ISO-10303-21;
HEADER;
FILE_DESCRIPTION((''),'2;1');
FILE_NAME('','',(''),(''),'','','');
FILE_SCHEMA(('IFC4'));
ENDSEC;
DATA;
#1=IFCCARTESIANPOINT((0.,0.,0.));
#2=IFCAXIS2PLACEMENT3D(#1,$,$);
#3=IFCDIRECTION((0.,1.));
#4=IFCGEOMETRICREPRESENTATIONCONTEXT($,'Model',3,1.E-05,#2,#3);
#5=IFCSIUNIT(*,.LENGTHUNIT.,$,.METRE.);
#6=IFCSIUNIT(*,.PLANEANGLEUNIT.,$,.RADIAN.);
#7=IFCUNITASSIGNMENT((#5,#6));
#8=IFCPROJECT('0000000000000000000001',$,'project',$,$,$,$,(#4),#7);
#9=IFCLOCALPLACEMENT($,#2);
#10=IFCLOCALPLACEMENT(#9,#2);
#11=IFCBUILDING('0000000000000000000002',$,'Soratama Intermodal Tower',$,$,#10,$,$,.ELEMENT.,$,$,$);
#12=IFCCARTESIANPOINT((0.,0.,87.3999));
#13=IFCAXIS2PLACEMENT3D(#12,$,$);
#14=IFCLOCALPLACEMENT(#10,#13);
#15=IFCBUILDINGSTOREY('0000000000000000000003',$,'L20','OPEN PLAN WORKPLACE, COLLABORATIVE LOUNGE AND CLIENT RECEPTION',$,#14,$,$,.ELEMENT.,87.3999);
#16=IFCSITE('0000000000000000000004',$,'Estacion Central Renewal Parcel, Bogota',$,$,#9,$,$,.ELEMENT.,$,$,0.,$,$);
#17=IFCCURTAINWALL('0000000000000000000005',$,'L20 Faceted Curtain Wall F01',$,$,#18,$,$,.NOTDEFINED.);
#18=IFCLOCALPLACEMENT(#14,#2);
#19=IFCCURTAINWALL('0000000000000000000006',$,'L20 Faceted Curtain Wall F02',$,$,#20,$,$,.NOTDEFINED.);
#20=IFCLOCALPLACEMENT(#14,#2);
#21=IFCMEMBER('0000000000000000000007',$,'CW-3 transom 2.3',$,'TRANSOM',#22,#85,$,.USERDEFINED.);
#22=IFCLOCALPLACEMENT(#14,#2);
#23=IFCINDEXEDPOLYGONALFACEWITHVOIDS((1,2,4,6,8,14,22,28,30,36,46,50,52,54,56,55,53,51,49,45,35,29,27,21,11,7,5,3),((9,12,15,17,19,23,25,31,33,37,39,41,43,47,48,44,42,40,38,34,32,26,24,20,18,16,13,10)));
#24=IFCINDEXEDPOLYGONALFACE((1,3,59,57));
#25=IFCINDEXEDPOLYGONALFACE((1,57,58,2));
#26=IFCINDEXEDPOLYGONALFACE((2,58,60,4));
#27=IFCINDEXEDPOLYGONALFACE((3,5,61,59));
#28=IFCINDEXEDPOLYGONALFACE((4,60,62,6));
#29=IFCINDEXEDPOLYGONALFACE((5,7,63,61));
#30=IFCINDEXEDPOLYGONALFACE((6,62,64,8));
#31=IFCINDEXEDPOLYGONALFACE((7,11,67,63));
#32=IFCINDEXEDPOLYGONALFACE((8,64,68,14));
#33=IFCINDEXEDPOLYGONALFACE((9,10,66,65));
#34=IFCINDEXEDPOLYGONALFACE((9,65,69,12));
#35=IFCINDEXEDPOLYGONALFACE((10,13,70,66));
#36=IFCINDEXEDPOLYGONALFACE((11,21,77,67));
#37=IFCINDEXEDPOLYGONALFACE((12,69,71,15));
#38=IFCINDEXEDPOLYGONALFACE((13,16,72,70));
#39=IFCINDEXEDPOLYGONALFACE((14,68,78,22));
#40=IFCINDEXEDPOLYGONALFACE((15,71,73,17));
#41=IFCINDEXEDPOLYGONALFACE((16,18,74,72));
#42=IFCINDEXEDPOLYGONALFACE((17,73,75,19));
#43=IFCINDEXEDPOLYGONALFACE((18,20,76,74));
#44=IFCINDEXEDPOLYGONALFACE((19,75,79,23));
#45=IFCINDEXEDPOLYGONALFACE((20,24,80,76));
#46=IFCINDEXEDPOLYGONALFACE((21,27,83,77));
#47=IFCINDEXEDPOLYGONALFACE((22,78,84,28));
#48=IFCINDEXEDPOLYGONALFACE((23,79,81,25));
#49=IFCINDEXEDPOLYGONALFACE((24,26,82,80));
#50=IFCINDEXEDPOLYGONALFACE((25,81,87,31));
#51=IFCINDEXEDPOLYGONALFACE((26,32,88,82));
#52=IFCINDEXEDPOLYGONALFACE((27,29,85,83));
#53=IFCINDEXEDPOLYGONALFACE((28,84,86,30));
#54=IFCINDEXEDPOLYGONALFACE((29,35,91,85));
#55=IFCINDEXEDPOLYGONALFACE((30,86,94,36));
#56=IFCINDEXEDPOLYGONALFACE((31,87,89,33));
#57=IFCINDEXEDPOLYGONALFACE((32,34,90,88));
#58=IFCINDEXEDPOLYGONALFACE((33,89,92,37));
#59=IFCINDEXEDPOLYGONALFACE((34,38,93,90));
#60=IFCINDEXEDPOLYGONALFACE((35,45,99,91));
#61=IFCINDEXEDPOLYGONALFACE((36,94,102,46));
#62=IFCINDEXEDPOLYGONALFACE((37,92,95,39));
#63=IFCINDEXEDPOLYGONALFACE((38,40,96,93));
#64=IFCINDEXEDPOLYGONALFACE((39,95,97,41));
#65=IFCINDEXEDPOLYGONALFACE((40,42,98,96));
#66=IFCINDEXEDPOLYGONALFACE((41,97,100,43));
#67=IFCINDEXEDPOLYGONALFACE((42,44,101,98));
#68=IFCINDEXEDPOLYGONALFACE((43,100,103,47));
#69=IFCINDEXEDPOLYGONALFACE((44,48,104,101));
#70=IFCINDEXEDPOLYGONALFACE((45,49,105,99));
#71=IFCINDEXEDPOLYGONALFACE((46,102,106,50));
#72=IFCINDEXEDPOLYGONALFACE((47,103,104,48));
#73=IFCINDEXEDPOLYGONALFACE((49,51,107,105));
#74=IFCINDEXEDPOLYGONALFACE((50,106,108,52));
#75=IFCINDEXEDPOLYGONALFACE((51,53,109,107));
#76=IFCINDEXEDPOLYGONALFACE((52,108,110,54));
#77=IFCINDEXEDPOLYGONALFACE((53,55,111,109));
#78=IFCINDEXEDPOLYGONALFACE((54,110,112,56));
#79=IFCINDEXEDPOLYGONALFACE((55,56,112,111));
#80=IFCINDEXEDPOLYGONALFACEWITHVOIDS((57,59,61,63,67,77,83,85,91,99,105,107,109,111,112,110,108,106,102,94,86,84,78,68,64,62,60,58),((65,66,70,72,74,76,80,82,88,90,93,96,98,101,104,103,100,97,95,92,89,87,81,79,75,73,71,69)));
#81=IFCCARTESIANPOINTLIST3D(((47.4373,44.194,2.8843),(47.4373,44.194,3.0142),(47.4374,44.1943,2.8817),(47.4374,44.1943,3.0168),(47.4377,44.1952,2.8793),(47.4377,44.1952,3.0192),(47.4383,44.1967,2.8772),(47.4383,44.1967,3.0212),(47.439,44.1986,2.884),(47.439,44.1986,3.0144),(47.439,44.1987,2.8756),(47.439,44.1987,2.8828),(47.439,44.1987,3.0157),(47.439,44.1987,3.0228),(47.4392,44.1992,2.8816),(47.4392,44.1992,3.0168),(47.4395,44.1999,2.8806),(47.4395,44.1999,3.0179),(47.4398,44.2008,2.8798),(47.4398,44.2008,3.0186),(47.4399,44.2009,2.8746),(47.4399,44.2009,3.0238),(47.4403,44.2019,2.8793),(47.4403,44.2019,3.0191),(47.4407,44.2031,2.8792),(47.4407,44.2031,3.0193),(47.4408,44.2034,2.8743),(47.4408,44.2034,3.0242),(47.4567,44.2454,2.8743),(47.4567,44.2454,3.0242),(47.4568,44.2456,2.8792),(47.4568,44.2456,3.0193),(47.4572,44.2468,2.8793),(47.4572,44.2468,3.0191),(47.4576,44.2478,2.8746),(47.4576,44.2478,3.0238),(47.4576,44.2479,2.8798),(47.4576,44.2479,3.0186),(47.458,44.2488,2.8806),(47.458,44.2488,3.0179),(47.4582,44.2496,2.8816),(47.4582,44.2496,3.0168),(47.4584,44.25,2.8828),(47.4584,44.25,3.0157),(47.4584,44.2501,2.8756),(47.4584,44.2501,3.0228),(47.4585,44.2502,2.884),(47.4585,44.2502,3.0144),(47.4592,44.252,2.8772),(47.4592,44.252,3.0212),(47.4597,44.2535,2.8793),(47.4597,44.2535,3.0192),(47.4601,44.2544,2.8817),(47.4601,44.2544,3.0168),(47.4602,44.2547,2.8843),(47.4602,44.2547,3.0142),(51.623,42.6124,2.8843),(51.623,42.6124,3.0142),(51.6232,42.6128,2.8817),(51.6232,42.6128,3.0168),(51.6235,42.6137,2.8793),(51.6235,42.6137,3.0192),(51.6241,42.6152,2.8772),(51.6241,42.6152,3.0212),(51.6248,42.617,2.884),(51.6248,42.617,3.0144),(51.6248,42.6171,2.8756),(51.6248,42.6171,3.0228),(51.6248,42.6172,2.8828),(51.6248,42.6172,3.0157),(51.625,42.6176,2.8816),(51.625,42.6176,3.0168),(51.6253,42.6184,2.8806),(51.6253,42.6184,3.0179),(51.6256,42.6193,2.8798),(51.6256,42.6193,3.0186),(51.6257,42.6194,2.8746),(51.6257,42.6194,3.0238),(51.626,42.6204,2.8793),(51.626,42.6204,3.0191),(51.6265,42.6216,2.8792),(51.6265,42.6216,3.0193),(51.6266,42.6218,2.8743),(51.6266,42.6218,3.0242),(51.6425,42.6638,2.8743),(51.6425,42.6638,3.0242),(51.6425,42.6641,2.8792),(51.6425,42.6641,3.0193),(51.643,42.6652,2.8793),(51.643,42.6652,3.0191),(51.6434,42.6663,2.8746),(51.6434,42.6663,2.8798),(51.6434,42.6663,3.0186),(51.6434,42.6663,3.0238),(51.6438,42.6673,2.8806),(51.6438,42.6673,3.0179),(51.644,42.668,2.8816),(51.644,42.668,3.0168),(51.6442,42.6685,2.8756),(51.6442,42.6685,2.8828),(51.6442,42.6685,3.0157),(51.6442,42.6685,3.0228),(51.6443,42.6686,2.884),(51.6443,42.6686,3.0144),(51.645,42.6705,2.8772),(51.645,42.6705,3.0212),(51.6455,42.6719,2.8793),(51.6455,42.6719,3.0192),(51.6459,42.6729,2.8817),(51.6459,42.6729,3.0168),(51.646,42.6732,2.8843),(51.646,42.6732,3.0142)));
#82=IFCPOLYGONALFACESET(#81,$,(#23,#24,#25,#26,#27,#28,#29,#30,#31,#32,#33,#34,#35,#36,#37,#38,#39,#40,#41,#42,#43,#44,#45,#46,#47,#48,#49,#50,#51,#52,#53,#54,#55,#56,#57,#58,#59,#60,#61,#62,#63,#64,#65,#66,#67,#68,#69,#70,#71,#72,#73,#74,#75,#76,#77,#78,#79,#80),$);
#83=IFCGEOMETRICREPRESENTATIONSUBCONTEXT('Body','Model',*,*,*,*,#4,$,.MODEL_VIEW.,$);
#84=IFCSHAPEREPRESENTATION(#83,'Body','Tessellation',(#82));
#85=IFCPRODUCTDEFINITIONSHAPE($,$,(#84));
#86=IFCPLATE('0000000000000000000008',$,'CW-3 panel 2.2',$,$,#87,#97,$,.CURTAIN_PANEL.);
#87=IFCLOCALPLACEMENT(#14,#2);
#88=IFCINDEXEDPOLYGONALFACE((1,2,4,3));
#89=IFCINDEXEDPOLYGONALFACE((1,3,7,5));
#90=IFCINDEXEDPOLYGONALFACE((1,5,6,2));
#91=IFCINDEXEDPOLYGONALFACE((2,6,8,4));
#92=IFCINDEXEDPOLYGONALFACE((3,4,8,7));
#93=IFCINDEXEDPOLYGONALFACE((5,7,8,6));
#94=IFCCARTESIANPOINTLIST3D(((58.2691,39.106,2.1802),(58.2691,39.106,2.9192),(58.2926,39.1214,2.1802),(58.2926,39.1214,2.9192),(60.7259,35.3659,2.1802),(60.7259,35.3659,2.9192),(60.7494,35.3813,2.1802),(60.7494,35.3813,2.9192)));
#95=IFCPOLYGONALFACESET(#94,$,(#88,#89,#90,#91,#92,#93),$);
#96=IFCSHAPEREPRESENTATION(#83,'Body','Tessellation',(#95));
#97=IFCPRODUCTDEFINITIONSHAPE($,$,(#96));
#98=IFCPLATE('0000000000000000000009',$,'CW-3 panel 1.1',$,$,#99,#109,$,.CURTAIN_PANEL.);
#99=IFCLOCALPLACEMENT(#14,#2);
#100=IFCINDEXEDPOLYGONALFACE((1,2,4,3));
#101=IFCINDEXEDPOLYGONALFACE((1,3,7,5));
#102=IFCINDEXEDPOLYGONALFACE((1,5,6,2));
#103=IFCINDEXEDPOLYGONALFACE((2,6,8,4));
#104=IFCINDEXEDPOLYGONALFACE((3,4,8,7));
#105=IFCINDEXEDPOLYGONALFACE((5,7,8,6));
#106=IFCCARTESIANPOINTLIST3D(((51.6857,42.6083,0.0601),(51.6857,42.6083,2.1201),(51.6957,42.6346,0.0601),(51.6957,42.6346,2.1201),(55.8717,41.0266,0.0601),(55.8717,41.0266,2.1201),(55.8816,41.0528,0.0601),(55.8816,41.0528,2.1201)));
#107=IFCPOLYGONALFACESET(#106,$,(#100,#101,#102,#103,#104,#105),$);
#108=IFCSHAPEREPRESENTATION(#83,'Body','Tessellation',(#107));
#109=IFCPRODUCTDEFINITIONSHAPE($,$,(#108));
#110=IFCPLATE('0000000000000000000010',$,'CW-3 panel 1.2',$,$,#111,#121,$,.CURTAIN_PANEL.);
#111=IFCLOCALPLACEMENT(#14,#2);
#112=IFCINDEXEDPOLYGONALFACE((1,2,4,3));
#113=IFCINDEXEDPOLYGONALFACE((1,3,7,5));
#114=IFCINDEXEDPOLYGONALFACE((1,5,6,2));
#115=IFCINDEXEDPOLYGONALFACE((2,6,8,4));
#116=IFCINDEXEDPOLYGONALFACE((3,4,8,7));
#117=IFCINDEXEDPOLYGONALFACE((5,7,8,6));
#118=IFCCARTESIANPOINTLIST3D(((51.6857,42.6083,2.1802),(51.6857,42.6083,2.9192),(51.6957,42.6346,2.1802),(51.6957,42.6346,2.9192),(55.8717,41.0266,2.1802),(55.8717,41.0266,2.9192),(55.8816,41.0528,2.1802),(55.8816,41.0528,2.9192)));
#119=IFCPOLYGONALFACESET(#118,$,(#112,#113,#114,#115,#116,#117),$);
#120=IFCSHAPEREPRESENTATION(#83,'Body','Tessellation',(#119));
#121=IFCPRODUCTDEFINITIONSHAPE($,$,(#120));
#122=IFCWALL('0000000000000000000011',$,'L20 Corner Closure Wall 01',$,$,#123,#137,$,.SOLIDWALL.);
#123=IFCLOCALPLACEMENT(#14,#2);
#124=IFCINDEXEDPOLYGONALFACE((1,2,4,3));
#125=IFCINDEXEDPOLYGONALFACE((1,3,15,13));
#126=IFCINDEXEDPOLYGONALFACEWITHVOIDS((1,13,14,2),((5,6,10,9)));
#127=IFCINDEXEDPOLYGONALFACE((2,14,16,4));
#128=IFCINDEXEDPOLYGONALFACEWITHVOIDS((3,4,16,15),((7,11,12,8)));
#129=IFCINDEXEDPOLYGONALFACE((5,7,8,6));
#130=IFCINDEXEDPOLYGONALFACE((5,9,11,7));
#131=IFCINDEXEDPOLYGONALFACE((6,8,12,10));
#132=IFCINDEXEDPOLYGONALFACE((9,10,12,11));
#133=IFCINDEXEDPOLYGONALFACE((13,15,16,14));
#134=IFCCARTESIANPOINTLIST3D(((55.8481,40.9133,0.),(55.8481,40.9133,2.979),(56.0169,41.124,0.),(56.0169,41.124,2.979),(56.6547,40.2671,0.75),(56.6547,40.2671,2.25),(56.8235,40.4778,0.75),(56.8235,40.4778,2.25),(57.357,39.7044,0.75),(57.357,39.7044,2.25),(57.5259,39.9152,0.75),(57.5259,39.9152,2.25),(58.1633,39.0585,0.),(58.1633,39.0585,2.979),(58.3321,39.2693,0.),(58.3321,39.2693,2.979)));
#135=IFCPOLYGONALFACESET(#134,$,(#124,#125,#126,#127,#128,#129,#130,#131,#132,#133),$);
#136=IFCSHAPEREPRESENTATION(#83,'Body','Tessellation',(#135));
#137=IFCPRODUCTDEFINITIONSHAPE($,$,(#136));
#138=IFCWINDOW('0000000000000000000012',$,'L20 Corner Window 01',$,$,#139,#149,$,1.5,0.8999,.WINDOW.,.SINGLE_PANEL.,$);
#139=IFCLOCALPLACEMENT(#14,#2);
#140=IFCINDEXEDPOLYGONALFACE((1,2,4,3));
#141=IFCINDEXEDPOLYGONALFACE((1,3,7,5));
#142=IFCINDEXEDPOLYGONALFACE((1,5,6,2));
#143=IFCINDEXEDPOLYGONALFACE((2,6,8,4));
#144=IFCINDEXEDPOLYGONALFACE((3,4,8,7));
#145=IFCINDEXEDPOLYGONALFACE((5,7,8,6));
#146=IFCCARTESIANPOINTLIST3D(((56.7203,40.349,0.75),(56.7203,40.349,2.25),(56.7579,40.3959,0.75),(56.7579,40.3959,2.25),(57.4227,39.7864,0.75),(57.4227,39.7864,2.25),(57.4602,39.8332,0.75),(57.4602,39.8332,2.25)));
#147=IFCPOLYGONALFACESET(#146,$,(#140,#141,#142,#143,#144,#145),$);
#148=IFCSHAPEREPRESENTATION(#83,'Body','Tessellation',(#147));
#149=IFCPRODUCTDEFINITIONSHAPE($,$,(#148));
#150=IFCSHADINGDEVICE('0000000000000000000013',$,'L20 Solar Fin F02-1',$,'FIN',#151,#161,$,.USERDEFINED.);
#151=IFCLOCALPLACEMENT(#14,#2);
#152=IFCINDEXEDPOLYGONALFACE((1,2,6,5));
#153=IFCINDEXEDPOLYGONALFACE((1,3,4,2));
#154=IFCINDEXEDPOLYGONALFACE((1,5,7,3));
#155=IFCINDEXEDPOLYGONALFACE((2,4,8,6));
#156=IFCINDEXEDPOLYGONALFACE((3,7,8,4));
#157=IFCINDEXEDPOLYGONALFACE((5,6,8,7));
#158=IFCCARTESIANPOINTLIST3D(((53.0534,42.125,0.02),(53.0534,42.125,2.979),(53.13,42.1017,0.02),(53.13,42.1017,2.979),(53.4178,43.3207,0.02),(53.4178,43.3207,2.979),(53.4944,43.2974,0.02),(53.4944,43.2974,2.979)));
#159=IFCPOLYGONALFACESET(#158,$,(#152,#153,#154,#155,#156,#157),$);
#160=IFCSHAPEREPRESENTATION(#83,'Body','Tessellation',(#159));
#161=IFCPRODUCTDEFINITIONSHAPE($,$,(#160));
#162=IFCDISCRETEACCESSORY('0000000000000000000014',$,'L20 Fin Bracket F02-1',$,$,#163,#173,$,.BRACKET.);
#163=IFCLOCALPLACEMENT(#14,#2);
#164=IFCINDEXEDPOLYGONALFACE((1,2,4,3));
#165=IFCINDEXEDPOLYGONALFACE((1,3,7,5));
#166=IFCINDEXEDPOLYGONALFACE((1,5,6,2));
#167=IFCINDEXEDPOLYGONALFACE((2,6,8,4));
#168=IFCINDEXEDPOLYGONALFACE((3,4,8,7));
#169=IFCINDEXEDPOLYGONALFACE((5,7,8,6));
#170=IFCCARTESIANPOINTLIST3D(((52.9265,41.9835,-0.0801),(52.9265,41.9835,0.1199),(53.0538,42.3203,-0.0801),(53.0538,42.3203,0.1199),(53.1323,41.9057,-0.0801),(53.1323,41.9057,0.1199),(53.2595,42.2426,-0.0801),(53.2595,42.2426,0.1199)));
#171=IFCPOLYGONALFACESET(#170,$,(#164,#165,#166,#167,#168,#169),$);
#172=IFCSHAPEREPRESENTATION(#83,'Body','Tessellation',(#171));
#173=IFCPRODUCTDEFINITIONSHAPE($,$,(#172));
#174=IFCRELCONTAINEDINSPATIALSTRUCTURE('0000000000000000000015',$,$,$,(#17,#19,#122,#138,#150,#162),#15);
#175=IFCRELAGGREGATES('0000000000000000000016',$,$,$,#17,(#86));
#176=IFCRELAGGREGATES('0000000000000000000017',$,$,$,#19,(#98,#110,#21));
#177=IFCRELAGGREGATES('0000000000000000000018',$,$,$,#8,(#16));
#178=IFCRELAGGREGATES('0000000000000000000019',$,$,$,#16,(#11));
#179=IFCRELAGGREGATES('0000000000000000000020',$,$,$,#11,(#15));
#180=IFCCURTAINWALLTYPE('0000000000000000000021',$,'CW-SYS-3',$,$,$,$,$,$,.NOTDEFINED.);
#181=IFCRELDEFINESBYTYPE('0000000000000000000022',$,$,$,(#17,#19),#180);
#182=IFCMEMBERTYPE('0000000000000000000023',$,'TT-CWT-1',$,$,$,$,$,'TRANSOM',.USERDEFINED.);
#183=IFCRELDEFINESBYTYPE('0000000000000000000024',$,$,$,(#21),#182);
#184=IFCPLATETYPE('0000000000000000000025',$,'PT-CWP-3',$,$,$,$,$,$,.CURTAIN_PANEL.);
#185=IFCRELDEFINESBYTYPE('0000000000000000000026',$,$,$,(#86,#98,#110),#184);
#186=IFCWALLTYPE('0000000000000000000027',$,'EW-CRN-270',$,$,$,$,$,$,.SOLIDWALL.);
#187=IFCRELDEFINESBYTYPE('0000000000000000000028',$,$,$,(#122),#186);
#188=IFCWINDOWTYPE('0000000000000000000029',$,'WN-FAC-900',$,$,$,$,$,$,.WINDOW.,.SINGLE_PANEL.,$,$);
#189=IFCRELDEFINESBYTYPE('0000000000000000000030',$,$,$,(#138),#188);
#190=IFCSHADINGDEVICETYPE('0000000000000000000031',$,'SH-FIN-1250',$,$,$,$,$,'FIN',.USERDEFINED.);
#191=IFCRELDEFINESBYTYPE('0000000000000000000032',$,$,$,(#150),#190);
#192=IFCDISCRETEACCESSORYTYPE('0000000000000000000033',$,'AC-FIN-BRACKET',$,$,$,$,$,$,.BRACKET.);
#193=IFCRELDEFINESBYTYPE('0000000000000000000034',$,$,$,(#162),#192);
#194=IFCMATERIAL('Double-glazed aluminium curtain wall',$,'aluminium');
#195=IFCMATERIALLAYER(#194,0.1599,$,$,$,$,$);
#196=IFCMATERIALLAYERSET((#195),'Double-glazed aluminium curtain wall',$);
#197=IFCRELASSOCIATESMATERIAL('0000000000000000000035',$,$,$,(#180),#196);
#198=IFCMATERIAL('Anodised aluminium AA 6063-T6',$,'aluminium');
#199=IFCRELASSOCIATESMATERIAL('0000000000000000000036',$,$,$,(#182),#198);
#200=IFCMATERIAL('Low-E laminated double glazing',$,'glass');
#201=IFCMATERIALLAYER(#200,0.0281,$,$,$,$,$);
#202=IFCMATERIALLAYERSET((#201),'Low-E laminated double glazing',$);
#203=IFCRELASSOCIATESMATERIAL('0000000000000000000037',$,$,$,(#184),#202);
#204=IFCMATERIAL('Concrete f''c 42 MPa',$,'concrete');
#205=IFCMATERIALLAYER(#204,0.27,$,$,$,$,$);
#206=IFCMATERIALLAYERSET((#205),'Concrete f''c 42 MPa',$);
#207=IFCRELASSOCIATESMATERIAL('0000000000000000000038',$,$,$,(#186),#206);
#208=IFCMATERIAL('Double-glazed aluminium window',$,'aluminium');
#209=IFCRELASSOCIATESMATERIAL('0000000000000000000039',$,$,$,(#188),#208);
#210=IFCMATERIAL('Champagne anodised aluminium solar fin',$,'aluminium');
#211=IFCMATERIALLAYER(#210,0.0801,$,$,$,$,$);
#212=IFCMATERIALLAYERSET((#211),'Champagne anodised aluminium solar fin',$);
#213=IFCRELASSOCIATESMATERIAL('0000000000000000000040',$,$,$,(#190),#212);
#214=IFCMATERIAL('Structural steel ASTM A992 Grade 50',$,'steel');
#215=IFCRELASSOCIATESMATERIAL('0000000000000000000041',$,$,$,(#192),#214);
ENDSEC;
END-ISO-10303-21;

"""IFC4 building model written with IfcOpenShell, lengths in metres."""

from ifc_helpers import new_model, si_unit, direction, frame, frame_2d, origin, origin_2d, place, context, subcontext, project, spatial, rectangle, hollow_rectangle, extrude, material, layer, layer_set, material_profile, profile_set, type_object, element, fill, aggregate, save


model = new_model("IFC4")

# Units and contexts
model_context = context("Model", 3, precision=1e-05, world=origin(), true_north=direction((0.0, 1.0)))
body_context = subcontext(model_context, "Body", "Model", "MODEL_VIEW")
ifc_project = project(units=[si_unit("LENGTHUNIT", "METRE"), si_unit("PLANEANGLEUNIT", "RADIAN")], contexts=[model_context])

# Site, building, storey
site_placement = place(None, origin())
site = spatial("IfcSite", under=ifc_project, at=site_placement, Name="Estacion Central Renewal Parcel, Bogota", CompositionType="ELEMENT", RefElevation=0.0)
building_placement = place(site_placement, origin())
building = spatial("IfcBuilding", under=site, at=building_placement, Name="Soratama Intermodal Tower", CompositionType="ELEMENT")
storey_placement = place(building_placement, frame((0.0, 0.0, 87.3999)))
storey = spatial("IfcBuildingStorey", under=building, at=storey_placement, Name="L20", Description="OPEN PLAN WORKPLACE, COLLABORATIVE LOUNGE AND CLIENT RECEPTION", CompositionType="ELEMENT", Elevation=87.3999)

# Curtain wall
ifc_material_1 = material(Name="Double-glazed aluminium curtain wall", Category="aluminium")
ifc_layer_1 = layer(ifc_material_1, 0.1599)
ifc_layer_set_1 = layer_set([ifc_layer_1], Name="Double-glazed aluminium curtain wall")
curtain_wall_type = type_object("IfcCurtainWallType", Name="CW-SYS-3", PredefinedType="NOTDEFINED", material=ifc_layer_set_1)
curtain_wall_1_placement = place(storey_placement, origin())
curtain_wall_1 = element("IfcCurtainWall", 1, at=curtain_wall_1_placement, inside=storey, type_object=curtain_wall_type, Name="L20 Faceted Curtain Wall F01", PredefinedType="NOTDEFINED")

# Curtain wall, member
curtain_wall_2_placement = place(storey_placement, origin())
curtain_wall_2 = element("IfcCurtainWall", 2, at=curtain_wall_2_placement, inside=storey, type_object=curtain_wall_type, Name="L20 Faceted Curtain Wall F02", PredefinedType="NOTDEFINED")
ifc_material_2 = material(Name="Anodised aluminium AA 6063-T6", Category="aluminium")
ifc_material_profile_1 = material_profile(ifc_material_2, hollow_rectangle(XDim=0.0649, YDim=0.1499, WallThickness=0.0049, InnerFilletRadius=0.0049, OuterFilletRadius=0.01, at=origin_2d()), Name="CWT150X65X5")
ifc_profile_set_1 = profile_set([ifc_material_profile_1], Name="Anodised aluminium AA 6063-T6")
member_type_1 = type_object("IfcMemberType", Name="TT-CWT-1", ElementType="TRANSOM", PredefinedType="USERDEFINED", material=ifc_profile_set_1)
member_1_placement = place(storey_placement, frame((51.6345, 42.6428, 2.9492), z_axis=(-0.935454, 0.353448, 0.0), x_axis=(-0.353448, -0.935454, 0.0)))
member_1 = element("IfcMember", 3, at=member_1_placement, type_object=member_type_1, Name="CW-3 transom 2.3", ObjectType="TRANSOM", PredefinedType="USERDEFINED", context=body_context, shape_type="SweptSolid", body=[
    extrude(hollow_rectangle(XDim=0.0649, YDim=0.1499, WallThickness=0.0049, InnerFilletRadius=0.0049, OuterFilletRadius=0.01, at=origin_2d()), origin(), (0.0, 0.0, 1.0), 4.4746),
])

# Plates
ifc_material_3 = material(Name="Low-E laminated double glazing", Category="glass")
ifc_layer_2 = layer(ifc_material_3, 0.0281)
ifc_layer_set_2 = layer_set([ifc_layer_2], Name="Low-E laminated double glazing")
plate_type = type_object("IfcPlateType", Name="PT-CWP-3", PredefinedType="CURTAIN_PANEL", material=ifc_layer_set_2)
plate_1_placement = place(storey_placement, frame((59.5093, 37.2437, 2.1802), z_axis=(0.0, 0.0, 1.0), x_axis=(-0.549023, 0.835807, 0.0)))
plate_1 = element("IfcPlate", 4, at=plate_1_placement, type_object=plate_type, Name="CW-3 panel 2.2", PredefinedType="CURTAIN_PANEL", context=body_context, shape_type="SweptSolid", body=[
    extrude(rectangle(XDim=4.4749, YDim=0.0281, at=origin_2d()), origin(), (0.0, 0.0, 1.0), 0.739),
])
aggregate(curtain_wall_1, [plate_1])
plate_2_placement = place(storey_placement, frame((53.7837, 41.8306, 0.0601), z_axis=(0.0, 0.0, 1.0), x_axis=(-0.935447, 0.353468, 0.0)))
plate_2 = element("IfcPlate", 5, at=plate_2_placement, type_object=plate_type, Name="CW-3 panel 1.1", PredefinedType="CURTAIN_PANEL", context=body_context, shape_type="SweptSolid", body=[
    extrude(rectangle(XDim=4.4749, YDim=0.0281, at=origin_2d()), origin(), (0.0, 0.0, 1.0), 2.0601),
])
plate_3_placement = place(storey_placement, frame((53.7837, 41.8306, 2.1802), z_axis=(0.0, 0.0, 1.0), x_axis=(-0.935447, 0.353468, 0.0)))
plate_3 = element("IfcPlate", 6, at=plate_3_placement, type_object=plate_type, Name="CW-3 panel 1.2", PredefinedType="CURTAIN_PANEL", context=body_context, shape_type="SweptSolid", body=[
    extrude(rectangle(XDim=4.4749, YDim=0.0281, at=origin_2d()), origin(), (0.0, 0.0, 1.0), 0.739),
])
aggregate(curtain_wall_2, [plate_2, plate_3, member_1])

# Wall, opening, window
ifc_material_4 = material(Name="Concrete f'c 42 MPa", Category="concrete")
ifc_layer_3 = layer(ifc_material_4, 0.27)
ifc_layer_set_3 = layer_set([ifc_layer_3], Name="Concrete f'c 42 MPa")
wall_type = type_object("IfcWallType", Name="EW-CRN-270", PredefinedType="SOLIDWALL", material=ifc_layer_set_3)
wall_placement = place(storey_placement, frame((58.2478, 39.1638, 0.0), z_axis=(0.0, 0.0, 1.0), x_axis=(-0.780443, 0.625227, 0.0)))
wall = element("IfcWall", 7, at=wall_placement, inside=storey, type_object=wall_type, Name="L20 Corner Closure Wall 01", PredefinedType="SOLIDWALL", context=body_context, shape_type="SweptSolid", body=[
    extrude(rectangle(XDim=2.9666, YDim=0.27, at=frame_2d((1.4834, 0.0))), origin(), (0.0, 0.0, 1.0), 2.979),
])
opening_placement = place(wall_placement, frame((1.0332, 0.0, 0.75)))
opening = element("IfcOpeningElement", 8, at=opening_placement, cuts=wall, PredefinedType="OPENING", context=body_context, shape_type="SweptSolid", body=[
    extrude(rectangle(XDim=0.8999, YDim=1.5, at=frame_2d((0.45, 0.75))), frame((0.0, 0.145, 0.0), z_axis=(0.0, -1.0, 0.0), x_axis=(1.0, 0.0, 0.0)), (0.0, 0.0, 1.0), 0.29),
])
ifc_material_5 = material(Name="Double-glazed aluminium window", Category="aluminium")
window_type = type_object("IfcWindowType", Name="WN-FAC-900", PartitioningType="SINGLE_PANEL", PredefinedType="WINDOW", material=ifc_material_5)
window_placement = place(opening_placement, origin())
window = element("IfcWindow", 9, at=window_placement, inside=storey, type_object=window_type, Name="L20 Corner Window 01", OverallHeight=1.5, OverallWidth=0.8999, PartitioningType="SINGLE_PANEL", PredefinedType="WINDOW", context=body_context, shape_type="SweptSolid", body=[
    extrude(rectangle(XDim=0.8999, YDim=1.5, at=frame_2d((0.45, 0.75))), frame((0.0, 0.03, 0.0), z_axis=(0.0, -1.0, 0.0), x_axis=(1.0, 0.0, 0.0)), (0.0, 0.0, 1.0), 0.0601),
])
fill(opening, window)

# Shading device
ifc_material_6 = material(Name="Champagne anodised aluminium solar fin", Category="aluminium")
ifc_layer_4 = layer(ifc_material_6, 0.0801)
ifc_layer_set_4 = layer_set([ifc_layer_4], Name="Champagne anodised aluminium solar fin")
shading_device_type = type_object("IfcShadingDeviceType", Name="SH-FIN-1250", ElementType="FIN", PredefinedType="USERDEFINED", material=ifc_layer_set_4)
shading_device_placement = place(storey_placement, frame((53.2739, 42.7112, 0.02), z_axis=(0.0, 0.0, 1.0), x_axis=(0.291537, 0.95656, 0.0)))
element("IfcShadingDevice", 10, at=shading_device_placement, inside=storey, type_object=shading_device_type, Name="L20 Solar Fin F02-1", ObjectType="FIN", PredefinedType="USERDEFINED", context=body_context, shape_type="SweptSolid", body=[
    extrude(rectangle(XDim=1.25, YDim=0.0801, at=origin_2d()), origin(), (0.0, 0.0, 1.0), 2.959),
])

# Discrete accessory
ifc_material_7 = material(Name="Structural steel ASTM A992 Grade 50", Category="steel")
discrete_accessory_type = type_object("IfcDiscreteAccessoryType", Name="AC-FIN-BRACKET", PredefinedType="BRACKET", material=ifc_material_7)
discrete_accessory_placement = place(storey_placement, frame((53.093, 42.113, -0.0801), z_axis=(0.0, 0.0, 1.0), x_axis=(0.353475, 0.935444, 0.0)))
element("IfcDiscreteAccessory", 11, at=discrete_accessory_placement, inside=storey, type_object=discrete_accessory_type, Name="L20 Fin Bracket F02-1", PredefinedType="BRACKET", context=body_context, shape_type="SweptSolid", body=[
    extrude(rectangle(XDim=0.3601, YDim=0.22, at=origin_2d()), origin(), (0.0, 0.0, 1.0), 0.2),
])

save(model, "model.ifc")
